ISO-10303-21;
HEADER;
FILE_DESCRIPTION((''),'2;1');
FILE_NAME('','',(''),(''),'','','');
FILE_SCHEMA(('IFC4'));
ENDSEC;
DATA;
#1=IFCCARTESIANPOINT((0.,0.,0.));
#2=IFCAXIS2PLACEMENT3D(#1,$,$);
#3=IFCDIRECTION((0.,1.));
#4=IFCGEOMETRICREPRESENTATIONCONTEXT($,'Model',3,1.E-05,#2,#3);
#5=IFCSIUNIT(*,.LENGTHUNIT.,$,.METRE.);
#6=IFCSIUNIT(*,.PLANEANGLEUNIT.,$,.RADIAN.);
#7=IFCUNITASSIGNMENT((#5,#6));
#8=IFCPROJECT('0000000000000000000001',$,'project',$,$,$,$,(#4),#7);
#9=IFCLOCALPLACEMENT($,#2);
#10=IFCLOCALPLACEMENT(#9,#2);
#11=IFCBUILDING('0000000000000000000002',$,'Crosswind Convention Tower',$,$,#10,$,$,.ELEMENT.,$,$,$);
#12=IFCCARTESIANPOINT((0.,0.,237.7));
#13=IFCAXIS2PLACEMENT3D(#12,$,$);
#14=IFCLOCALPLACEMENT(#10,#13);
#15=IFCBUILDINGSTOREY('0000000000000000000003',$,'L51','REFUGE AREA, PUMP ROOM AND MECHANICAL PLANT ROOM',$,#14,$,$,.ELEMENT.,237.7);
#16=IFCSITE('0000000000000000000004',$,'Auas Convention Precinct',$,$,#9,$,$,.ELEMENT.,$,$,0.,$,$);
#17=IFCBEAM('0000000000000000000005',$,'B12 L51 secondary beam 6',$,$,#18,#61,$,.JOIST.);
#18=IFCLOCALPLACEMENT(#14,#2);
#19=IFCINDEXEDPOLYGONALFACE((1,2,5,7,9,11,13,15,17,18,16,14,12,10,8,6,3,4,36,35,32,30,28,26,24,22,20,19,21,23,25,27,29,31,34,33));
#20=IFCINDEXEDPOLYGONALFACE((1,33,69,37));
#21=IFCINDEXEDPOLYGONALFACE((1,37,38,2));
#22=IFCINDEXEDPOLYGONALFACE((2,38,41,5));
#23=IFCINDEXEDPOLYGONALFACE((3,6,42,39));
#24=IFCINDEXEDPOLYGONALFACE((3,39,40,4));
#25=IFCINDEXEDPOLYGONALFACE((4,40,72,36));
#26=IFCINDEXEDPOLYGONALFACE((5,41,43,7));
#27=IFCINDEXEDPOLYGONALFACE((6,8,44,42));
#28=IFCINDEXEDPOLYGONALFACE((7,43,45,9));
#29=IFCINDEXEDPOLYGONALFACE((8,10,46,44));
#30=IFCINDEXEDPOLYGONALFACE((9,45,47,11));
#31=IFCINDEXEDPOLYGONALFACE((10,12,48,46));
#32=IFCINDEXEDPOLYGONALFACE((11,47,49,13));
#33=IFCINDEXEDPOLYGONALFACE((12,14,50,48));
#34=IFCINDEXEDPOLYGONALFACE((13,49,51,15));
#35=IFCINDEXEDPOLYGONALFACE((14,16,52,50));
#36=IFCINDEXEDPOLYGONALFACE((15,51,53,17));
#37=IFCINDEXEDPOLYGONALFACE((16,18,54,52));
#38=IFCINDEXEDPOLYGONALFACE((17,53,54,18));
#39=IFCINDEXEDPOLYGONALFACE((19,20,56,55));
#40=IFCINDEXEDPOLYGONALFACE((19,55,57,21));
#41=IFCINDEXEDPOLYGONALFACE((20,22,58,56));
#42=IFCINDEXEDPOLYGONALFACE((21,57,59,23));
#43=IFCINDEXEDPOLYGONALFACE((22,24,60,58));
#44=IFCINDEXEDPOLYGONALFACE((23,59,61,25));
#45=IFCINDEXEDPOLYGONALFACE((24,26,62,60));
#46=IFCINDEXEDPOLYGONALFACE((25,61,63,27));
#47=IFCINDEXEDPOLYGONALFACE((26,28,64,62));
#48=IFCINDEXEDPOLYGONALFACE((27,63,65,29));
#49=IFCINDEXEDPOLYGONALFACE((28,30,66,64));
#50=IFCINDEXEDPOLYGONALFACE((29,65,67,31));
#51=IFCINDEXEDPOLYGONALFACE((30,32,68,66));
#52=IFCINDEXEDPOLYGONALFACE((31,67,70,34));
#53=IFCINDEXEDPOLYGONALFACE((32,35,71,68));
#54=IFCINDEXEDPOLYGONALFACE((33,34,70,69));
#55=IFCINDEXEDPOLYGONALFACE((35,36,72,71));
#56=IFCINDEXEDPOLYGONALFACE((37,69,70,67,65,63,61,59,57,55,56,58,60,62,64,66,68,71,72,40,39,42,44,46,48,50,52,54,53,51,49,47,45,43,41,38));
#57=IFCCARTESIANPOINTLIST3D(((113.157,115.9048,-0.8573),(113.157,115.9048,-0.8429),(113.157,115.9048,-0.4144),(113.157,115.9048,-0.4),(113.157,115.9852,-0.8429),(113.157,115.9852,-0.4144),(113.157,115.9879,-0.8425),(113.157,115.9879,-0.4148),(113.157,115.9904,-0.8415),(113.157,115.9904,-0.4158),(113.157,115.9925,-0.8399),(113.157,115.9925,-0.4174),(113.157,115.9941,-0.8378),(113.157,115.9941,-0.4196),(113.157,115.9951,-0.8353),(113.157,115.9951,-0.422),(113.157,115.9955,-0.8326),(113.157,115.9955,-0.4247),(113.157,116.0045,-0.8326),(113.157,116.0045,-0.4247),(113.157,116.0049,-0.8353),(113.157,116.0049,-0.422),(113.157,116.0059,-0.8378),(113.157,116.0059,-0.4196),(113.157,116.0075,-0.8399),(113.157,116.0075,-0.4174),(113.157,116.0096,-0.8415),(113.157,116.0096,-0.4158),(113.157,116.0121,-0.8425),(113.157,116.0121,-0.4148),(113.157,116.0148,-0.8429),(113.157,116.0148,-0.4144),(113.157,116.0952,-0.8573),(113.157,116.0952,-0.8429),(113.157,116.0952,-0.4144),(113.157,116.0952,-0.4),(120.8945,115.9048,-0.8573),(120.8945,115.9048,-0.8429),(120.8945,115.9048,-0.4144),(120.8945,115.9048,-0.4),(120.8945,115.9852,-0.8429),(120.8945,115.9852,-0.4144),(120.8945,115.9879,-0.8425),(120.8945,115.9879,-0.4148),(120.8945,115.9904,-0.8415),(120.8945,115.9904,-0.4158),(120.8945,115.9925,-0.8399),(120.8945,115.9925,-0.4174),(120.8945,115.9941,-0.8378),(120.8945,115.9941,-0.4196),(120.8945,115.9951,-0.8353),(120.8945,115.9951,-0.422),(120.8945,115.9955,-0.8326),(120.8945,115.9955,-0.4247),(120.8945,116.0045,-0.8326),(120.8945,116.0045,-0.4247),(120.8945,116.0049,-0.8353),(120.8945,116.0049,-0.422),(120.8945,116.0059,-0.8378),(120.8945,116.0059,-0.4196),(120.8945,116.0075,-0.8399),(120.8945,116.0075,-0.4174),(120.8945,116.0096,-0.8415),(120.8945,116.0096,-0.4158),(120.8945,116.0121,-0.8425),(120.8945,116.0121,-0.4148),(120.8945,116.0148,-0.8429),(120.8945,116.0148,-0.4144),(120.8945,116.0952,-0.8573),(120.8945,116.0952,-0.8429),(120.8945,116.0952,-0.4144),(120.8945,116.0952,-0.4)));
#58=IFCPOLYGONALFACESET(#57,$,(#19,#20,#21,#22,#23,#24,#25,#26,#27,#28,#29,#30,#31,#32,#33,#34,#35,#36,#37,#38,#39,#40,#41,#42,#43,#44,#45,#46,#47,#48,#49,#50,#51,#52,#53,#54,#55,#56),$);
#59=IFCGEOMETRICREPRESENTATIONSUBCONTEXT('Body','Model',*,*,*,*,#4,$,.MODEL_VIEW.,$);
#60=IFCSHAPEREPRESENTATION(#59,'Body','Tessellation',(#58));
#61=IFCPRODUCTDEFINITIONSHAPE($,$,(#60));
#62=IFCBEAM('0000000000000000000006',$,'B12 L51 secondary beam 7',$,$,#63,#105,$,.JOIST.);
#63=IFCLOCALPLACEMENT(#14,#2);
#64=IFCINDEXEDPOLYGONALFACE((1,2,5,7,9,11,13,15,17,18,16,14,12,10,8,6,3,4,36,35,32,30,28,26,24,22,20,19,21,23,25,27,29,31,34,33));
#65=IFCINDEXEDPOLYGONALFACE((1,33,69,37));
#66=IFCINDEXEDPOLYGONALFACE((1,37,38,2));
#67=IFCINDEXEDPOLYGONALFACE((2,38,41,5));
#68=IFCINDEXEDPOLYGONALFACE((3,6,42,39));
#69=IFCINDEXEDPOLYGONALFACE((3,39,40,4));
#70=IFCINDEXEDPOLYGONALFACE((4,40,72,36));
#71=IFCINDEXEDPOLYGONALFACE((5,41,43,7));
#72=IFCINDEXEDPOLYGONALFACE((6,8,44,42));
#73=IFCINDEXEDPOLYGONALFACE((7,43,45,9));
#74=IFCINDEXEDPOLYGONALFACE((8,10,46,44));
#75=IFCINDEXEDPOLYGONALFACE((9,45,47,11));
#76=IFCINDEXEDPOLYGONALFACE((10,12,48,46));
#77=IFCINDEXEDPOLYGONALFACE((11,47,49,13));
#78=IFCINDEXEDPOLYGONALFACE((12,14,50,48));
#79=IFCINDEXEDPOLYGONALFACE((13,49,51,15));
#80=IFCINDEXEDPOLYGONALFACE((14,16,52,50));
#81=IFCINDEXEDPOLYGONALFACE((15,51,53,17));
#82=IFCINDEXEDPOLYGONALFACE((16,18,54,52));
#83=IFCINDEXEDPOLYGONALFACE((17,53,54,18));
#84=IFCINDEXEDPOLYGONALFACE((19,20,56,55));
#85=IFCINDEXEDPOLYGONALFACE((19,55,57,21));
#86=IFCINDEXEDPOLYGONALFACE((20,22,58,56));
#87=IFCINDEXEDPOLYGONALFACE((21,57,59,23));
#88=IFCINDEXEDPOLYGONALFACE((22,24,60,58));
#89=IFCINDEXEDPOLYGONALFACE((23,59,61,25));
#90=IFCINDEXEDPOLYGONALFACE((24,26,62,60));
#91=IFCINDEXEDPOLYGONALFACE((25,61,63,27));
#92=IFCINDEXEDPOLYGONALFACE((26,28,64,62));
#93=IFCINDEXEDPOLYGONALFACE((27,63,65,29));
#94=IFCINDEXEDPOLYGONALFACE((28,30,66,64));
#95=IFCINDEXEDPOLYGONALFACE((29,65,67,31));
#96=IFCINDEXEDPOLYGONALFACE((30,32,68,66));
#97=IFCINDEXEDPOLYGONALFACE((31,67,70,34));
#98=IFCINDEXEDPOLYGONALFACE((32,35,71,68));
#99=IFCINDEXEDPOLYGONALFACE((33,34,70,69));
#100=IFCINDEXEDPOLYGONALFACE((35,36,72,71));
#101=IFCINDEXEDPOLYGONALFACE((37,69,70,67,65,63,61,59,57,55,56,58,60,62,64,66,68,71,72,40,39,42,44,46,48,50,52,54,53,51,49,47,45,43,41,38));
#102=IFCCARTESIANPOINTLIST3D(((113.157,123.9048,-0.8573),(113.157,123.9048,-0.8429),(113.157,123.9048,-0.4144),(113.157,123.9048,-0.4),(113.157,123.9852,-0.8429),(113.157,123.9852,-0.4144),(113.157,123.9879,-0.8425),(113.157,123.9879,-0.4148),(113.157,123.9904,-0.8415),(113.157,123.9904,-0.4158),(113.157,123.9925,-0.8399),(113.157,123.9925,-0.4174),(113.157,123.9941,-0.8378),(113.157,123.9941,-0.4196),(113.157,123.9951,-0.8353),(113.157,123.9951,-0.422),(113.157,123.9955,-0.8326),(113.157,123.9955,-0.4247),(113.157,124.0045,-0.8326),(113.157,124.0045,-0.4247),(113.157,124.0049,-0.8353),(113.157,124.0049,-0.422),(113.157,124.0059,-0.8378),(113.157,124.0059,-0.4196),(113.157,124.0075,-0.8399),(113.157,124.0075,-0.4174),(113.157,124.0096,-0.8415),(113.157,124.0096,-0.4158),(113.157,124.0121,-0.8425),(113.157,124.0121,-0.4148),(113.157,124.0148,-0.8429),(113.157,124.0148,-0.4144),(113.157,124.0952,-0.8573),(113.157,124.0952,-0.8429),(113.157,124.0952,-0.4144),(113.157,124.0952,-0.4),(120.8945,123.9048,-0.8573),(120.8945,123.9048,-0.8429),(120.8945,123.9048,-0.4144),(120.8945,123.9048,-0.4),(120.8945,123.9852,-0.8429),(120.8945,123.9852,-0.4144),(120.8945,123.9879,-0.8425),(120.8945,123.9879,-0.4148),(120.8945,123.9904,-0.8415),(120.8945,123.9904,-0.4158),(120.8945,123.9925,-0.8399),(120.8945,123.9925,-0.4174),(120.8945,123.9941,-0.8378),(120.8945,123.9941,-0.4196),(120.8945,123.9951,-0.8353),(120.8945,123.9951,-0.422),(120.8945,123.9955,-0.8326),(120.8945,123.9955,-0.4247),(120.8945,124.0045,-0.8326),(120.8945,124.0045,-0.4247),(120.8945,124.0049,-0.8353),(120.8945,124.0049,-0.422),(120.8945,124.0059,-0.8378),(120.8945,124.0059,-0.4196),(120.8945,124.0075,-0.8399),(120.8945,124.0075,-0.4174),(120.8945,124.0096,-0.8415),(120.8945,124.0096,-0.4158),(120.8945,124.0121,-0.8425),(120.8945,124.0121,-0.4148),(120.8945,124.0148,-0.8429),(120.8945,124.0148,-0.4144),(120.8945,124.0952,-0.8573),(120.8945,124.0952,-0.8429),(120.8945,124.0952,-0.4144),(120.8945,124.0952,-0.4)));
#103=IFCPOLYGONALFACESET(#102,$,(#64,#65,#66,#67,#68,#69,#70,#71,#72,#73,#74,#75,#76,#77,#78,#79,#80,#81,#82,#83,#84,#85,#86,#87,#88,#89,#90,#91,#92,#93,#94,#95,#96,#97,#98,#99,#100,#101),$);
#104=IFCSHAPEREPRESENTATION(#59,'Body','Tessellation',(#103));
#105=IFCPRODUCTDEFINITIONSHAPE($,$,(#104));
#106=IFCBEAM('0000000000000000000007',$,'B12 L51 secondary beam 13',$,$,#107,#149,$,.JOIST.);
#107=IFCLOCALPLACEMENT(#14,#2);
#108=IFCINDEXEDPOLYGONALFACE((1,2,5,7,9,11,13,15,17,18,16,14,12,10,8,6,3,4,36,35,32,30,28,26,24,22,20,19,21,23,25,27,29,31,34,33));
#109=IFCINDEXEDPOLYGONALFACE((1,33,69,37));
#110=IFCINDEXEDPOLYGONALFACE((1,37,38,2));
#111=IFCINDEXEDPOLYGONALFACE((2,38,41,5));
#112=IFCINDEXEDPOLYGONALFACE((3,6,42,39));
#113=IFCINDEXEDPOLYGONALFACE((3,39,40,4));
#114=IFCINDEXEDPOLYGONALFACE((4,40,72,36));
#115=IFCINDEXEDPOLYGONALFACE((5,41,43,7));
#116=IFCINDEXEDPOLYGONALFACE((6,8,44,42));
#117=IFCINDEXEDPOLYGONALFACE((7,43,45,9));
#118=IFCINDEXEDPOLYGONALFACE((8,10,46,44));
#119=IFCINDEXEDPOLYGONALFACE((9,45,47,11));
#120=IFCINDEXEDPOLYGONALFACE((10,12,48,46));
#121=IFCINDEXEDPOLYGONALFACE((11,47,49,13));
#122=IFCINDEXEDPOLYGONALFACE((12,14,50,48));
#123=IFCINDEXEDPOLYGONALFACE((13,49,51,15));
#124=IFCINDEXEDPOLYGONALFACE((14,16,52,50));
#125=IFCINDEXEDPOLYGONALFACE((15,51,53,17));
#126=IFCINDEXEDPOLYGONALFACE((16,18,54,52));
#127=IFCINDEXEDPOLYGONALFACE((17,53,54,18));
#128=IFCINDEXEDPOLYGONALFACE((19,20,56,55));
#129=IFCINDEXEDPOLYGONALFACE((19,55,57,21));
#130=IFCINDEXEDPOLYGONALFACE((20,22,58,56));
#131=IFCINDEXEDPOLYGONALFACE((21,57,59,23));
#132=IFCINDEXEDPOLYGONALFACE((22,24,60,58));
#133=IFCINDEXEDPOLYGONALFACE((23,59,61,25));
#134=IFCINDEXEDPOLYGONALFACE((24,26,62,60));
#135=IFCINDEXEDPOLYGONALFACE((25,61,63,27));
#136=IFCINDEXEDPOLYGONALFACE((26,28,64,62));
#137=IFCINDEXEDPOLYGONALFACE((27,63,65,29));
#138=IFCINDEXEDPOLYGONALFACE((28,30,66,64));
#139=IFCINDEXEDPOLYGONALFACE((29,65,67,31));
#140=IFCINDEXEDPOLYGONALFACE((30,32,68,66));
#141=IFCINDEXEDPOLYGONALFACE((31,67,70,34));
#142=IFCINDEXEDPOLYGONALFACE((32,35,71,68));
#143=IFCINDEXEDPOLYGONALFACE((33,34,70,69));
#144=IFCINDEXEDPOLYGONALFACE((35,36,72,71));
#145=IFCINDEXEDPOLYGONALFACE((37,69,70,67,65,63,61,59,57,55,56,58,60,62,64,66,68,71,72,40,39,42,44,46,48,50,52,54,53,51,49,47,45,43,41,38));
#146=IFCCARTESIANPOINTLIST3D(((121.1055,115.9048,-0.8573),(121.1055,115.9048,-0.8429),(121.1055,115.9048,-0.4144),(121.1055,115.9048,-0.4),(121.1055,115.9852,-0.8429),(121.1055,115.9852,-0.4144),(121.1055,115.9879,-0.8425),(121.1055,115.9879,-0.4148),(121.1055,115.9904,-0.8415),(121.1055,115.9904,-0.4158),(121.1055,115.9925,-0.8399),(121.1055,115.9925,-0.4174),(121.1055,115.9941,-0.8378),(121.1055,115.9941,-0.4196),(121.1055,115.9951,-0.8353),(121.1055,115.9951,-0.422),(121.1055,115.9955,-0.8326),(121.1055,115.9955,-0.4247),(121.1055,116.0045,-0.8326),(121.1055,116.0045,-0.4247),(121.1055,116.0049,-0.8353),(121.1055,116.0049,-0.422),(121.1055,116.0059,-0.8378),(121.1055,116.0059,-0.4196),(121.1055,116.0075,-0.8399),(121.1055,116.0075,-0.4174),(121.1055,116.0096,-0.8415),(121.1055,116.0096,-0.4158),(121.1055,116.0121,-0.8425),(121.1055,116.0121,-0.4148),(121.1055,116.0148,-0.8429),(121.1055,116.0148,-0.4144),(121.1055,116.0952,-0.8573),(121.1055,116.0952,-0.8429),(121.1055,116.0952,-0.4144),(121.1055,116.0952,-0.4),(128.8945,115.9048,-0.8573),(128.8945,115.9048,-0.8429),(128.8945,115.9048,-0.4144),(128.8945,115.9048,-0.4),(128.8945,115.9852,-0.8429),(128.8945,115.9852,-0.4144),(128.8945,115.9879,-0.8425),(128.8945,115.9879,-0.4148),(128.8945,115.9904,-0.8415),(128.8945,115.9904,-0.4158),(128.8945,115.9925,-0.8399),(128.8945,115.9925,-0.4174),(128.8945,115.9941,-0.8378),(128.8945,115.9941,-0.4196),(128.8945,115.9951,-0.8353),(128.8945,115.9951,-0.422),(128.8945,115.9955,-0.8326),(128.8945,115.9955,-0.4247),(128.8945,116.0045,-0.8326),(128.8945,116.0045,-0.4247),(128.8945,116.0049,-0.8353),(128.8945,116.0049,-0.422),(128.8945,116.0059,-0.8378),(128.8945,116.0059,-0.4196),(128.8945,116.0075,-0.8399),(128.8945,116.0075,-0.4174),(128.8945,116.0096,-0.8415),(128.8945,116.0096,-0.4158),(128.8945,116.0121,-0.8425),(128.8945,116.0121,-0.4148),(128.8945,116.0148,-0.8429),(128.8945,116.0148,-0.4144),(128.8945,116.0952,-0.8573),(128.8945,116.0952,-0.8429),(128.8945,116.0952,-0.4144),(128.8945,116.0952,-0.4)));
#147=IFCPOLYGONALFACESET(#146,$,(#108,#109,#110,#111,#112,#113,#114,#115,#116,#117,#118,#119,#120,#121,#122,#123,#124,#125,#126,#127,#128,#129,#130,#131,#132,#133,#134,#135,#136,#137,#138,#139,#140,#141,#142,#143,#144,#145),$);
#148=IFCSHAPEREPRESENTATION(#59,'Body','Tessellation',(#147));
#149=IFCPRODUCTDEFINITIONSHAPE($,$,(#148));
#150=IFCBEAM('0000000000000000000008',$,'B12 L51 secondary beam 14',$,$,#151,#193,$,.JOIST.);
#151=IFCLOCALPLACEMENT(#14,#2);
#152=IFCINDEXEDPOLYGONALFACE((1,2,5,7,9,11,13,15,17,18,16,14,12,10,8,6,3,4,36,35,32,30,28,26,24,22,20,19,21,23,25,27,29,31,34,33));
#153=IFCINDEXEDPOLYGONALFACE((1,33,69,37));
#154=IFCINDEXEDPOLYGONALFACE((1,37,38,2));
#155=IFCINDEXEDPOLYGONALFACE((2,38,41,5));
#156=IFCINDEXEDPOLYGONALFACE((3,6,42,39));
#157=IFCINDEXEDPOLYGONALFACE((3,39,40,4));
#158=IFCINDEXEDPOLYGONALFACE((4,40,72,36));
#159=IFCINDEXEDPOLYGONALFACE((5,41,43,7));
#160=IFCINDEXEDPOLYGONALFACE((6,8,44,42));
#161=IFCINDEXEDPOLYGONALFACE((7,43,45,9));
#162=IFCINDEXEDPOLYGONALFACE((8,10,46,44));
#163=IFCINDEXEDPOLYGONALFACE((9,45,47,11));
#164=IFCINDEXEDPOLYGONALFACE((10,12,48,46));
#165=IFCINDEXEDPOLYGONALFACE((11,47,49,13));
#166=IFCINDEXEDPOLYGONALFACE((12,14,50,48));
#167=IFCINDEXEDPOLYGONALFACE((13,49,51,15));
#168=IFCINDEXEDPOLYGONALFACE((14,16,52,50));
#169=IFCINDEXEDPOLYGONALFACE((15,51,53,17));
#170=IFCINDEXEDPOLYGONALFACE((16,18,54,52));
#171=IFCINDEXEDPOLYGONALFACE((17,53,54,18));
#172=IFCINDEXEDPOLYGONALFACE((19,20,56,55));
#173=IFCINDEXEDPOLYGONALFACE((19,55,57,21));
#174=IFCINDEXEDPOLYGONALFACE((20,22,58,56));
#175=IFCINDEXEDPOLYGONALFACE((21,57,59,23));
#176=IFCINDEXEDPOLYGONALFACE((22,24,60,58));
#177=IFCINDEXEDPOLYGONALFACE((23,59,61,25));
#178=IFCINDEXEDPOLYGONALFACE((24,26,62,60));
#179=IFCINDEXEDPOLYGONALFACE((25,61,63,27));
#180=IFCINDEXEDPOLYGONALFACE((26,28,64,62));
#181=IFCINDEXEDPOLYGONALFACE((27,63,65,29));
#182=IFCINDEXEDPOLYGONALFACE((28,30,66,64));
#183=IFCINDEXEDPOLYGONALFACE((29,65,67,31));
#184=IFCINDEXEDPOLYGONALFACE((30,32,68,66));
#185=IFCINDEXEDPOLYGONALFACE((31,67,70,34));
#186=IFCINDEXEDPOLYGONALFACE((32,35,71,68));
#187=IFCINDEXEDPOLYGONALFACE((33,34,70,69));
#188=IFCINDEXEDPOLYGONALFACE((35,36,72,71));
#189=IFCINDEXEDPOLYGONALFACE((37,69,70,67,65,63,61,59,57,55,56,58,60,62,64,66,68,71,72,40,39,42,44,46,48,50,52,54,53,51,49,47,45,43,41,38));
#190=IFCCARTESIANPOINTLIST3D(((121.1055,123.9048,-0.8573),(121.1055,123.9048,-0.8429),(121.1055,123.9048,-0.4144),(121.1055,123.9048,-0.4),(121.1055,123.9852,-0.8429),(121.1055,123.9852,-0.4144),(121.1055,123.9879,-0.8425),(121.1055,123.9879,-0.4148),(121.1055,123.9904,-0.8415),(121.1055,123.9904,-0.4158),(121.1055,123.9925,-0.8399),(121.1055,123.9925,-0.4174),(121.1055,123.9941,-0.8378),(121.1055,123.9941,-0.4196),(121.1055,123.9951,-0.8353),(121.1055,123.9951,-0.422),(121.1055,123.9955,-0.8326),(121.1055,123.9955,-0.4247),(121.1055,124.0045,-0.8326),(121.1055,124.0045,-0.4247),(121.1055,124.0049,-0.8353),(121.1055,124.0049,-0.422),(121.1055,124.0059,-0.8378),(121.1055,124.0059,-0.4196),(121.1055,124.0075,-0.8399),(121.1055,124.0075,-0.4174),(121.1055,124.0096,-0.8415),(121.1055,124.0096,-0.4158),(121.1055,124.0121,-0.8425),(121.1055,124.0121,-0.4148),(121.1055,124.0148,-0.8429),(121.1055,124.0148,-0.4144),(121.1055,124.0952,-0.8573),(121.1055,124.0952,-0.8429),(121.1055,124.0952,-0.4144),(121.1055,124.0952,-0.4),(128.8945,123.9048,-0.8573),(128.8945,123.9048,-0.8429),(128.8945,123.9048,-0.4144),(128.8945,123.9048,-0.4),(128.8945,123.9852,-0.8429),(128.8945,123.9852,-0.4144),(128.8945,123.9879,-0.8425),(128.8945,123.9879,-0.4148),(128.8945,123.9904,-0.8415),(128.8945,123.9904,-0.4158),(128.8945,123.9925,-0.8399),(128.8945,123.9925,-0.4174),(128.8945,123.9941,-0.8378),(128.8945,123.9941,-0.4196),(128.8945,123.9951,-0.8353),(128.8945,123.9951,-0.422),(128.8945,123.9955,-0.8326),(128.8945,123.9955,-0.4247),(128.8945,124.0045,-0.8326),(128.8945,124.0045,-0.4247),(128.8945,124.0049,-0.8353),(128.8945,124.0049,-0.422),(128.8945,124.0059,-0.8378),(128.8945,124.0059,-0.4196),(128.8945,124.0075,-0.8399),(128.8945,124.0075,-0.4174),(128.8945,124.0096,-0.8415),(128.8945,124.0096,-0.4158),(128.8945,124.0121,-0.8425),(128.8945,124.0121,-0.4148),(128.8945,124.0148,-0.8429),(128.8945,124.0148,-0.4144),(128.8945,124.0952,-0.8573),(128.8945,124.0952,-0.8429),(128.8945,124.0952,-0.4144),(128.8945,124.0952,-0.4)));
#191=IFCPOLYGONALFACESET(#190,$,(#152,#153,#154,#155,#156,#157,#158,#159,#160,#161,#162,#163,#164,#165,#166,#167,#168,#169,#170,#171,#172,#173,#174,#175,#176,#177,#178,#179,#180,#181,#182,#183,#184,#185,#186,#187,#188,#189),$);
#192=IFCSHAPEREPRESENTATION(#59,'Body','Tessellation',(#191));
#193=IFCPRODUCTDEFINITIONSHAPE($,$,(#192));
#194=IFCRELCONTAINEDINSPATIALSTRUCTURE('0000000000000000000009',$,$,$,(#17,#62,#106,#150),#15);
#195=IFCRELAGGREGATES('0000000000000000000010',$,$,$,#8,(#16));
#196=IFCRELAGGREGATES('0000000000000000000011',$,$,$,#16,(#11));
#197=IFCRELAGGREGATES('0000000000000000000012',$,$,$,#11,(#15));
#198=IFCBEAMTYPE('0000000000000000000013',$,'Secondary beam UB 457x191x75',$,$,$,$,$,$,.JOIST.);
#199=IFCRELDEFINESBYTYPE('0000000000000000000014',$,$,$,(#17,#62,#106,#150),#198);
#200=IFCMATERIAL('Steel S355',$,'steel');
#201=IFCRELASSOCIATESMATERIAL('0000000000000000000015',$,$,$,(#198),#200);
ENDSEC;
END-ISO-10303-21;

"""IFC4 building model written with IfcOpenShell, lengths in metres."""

from ifc_helpers import new_model, si_unit, direction, frame, origin, origin_2d, place, context, subcontext, project, spatial, i_section, extrude, material, material_profile, profile_set, type_object, element, save


model = new_model("IFC4")

# Units and contexts
model_context = context("Model", 3, precision=1e-05, world=origin(), true_north=direction((0.0, 1.0)))
body_context = subcontext(model_context, "Body", "Model", "MODEL_VIEW")
ifc_project = project(units=[si_unit("LENGTHUNIT", "METRE"), si_unit("PLANEANGLEUNIT", "RADIAN")], contexts=[model_context])

# Site, building, storey
site_placement = place(None, origin())
site = spatial("IfcSite", under=ifc_project, at=site_placement, Name="Auas Convention Precinct", CompositionType="ELEMENT", RefElevation=0.0)
building_placement = place(site_placement, origin())
building = spatial("IfcBuilding", under=site, at=building_placement, Name="Crosswind Convention Tower", CompositionType="ELEMENT")
storey_placement = place(building_placement, frame((0.0, 0.0, 237.7)))
storey = spatial("IfcBuildingStorey", under=building, at=storey_placement, Name="L51", Description="REFUGE AREA, PUMP ROOM AND MECHANICAL PLANT ROOM", CompositionType="ELEMENT", Elevation=237.7)

# Beams
ifc_material_1 = material(Name="Steel S355", Category="steel")
ifc_material_profile_1 = material_profile(ifc_material_1, i_section(OverallWidth=0.1904, OverallDepth=0.4573, WebThickness=0.009, FlangeThickness=0.0144, FilletRadius=0.0103, at=origin_2d()), Name="UB 457x191x75")
ifc_profile_set_1 = profile_set([ifc_material_profile_1], Name="Steel S355")
beam_type_1 = type_object("IfcBeamType", Name="Secondary beam UB 457x191x75", PredefinedType="JOIST", material=ifc_profile_set_1)
for number, where, z_axis, x_axis, name in (
    (1, (113.157, 116.0, -0.6287), (1.0, 0.0, 0.0), (0.0, 1.0, 0.0), "B12 L51 secondary beam 6"),
    (2, (113.157, 124.0, -0.6287), (1.0, 0.0, 0.0), (0.0, 1.0, 0.0), "B12 L51 secondary beam 7"),
):
    element("IfcBeam", number, at=place(storey_placement, frame(where, z_axis=z_axis, x_axis=x_axis)), inside=storey, type_object=beam_type_1, Name=name, PredefinedType="JOIST", context=body_context, shape_type="SweptSolid", body=[
        extrude(i_section(OverallWidth=0.1904, OverallDepth=0.4573, WebThickness=0.009, FlangeThickness=0.0144, FilletRadius=0.0103, at=origin_2d()), origin(), (0.0, 0.0, 1.0), 7.7375),
    ])
for number, where, z_axis, x_axis, name in (
    (3, (121.1055, 116.0, -0.6287), (1.0, 0.0, 0.0), (0.0, 1.0, 0.0), "B12 L51 secondary beam 13"),
    (4, (121.1055, 124.0, -0.6287), (1.0, 0.0, 0.0), (0.0, 1.0, 0.0), "B12 L51 secondary beam 14"),
):
    element("IfcBeam", number, at=place(storey_placement, frame(where, z_axis=z_axis, x_axis=x_axis)), inside=storey, type_object=beam_type_1, Name=name, PredefinedType="JOIST", context=body_context, shape_type="SweptSolid", body=[
        extrude(i_section(OverallWidth=0.1904, OverallDepth=0.4573, WebThickness=0.009, FlangeThickness=0.0144, FilletRadius=0.0103, at=origin_2d()), origin(), (0.0, 0.0, 1.0), 7.7891),
    ])

save(model, "model.ifc")
